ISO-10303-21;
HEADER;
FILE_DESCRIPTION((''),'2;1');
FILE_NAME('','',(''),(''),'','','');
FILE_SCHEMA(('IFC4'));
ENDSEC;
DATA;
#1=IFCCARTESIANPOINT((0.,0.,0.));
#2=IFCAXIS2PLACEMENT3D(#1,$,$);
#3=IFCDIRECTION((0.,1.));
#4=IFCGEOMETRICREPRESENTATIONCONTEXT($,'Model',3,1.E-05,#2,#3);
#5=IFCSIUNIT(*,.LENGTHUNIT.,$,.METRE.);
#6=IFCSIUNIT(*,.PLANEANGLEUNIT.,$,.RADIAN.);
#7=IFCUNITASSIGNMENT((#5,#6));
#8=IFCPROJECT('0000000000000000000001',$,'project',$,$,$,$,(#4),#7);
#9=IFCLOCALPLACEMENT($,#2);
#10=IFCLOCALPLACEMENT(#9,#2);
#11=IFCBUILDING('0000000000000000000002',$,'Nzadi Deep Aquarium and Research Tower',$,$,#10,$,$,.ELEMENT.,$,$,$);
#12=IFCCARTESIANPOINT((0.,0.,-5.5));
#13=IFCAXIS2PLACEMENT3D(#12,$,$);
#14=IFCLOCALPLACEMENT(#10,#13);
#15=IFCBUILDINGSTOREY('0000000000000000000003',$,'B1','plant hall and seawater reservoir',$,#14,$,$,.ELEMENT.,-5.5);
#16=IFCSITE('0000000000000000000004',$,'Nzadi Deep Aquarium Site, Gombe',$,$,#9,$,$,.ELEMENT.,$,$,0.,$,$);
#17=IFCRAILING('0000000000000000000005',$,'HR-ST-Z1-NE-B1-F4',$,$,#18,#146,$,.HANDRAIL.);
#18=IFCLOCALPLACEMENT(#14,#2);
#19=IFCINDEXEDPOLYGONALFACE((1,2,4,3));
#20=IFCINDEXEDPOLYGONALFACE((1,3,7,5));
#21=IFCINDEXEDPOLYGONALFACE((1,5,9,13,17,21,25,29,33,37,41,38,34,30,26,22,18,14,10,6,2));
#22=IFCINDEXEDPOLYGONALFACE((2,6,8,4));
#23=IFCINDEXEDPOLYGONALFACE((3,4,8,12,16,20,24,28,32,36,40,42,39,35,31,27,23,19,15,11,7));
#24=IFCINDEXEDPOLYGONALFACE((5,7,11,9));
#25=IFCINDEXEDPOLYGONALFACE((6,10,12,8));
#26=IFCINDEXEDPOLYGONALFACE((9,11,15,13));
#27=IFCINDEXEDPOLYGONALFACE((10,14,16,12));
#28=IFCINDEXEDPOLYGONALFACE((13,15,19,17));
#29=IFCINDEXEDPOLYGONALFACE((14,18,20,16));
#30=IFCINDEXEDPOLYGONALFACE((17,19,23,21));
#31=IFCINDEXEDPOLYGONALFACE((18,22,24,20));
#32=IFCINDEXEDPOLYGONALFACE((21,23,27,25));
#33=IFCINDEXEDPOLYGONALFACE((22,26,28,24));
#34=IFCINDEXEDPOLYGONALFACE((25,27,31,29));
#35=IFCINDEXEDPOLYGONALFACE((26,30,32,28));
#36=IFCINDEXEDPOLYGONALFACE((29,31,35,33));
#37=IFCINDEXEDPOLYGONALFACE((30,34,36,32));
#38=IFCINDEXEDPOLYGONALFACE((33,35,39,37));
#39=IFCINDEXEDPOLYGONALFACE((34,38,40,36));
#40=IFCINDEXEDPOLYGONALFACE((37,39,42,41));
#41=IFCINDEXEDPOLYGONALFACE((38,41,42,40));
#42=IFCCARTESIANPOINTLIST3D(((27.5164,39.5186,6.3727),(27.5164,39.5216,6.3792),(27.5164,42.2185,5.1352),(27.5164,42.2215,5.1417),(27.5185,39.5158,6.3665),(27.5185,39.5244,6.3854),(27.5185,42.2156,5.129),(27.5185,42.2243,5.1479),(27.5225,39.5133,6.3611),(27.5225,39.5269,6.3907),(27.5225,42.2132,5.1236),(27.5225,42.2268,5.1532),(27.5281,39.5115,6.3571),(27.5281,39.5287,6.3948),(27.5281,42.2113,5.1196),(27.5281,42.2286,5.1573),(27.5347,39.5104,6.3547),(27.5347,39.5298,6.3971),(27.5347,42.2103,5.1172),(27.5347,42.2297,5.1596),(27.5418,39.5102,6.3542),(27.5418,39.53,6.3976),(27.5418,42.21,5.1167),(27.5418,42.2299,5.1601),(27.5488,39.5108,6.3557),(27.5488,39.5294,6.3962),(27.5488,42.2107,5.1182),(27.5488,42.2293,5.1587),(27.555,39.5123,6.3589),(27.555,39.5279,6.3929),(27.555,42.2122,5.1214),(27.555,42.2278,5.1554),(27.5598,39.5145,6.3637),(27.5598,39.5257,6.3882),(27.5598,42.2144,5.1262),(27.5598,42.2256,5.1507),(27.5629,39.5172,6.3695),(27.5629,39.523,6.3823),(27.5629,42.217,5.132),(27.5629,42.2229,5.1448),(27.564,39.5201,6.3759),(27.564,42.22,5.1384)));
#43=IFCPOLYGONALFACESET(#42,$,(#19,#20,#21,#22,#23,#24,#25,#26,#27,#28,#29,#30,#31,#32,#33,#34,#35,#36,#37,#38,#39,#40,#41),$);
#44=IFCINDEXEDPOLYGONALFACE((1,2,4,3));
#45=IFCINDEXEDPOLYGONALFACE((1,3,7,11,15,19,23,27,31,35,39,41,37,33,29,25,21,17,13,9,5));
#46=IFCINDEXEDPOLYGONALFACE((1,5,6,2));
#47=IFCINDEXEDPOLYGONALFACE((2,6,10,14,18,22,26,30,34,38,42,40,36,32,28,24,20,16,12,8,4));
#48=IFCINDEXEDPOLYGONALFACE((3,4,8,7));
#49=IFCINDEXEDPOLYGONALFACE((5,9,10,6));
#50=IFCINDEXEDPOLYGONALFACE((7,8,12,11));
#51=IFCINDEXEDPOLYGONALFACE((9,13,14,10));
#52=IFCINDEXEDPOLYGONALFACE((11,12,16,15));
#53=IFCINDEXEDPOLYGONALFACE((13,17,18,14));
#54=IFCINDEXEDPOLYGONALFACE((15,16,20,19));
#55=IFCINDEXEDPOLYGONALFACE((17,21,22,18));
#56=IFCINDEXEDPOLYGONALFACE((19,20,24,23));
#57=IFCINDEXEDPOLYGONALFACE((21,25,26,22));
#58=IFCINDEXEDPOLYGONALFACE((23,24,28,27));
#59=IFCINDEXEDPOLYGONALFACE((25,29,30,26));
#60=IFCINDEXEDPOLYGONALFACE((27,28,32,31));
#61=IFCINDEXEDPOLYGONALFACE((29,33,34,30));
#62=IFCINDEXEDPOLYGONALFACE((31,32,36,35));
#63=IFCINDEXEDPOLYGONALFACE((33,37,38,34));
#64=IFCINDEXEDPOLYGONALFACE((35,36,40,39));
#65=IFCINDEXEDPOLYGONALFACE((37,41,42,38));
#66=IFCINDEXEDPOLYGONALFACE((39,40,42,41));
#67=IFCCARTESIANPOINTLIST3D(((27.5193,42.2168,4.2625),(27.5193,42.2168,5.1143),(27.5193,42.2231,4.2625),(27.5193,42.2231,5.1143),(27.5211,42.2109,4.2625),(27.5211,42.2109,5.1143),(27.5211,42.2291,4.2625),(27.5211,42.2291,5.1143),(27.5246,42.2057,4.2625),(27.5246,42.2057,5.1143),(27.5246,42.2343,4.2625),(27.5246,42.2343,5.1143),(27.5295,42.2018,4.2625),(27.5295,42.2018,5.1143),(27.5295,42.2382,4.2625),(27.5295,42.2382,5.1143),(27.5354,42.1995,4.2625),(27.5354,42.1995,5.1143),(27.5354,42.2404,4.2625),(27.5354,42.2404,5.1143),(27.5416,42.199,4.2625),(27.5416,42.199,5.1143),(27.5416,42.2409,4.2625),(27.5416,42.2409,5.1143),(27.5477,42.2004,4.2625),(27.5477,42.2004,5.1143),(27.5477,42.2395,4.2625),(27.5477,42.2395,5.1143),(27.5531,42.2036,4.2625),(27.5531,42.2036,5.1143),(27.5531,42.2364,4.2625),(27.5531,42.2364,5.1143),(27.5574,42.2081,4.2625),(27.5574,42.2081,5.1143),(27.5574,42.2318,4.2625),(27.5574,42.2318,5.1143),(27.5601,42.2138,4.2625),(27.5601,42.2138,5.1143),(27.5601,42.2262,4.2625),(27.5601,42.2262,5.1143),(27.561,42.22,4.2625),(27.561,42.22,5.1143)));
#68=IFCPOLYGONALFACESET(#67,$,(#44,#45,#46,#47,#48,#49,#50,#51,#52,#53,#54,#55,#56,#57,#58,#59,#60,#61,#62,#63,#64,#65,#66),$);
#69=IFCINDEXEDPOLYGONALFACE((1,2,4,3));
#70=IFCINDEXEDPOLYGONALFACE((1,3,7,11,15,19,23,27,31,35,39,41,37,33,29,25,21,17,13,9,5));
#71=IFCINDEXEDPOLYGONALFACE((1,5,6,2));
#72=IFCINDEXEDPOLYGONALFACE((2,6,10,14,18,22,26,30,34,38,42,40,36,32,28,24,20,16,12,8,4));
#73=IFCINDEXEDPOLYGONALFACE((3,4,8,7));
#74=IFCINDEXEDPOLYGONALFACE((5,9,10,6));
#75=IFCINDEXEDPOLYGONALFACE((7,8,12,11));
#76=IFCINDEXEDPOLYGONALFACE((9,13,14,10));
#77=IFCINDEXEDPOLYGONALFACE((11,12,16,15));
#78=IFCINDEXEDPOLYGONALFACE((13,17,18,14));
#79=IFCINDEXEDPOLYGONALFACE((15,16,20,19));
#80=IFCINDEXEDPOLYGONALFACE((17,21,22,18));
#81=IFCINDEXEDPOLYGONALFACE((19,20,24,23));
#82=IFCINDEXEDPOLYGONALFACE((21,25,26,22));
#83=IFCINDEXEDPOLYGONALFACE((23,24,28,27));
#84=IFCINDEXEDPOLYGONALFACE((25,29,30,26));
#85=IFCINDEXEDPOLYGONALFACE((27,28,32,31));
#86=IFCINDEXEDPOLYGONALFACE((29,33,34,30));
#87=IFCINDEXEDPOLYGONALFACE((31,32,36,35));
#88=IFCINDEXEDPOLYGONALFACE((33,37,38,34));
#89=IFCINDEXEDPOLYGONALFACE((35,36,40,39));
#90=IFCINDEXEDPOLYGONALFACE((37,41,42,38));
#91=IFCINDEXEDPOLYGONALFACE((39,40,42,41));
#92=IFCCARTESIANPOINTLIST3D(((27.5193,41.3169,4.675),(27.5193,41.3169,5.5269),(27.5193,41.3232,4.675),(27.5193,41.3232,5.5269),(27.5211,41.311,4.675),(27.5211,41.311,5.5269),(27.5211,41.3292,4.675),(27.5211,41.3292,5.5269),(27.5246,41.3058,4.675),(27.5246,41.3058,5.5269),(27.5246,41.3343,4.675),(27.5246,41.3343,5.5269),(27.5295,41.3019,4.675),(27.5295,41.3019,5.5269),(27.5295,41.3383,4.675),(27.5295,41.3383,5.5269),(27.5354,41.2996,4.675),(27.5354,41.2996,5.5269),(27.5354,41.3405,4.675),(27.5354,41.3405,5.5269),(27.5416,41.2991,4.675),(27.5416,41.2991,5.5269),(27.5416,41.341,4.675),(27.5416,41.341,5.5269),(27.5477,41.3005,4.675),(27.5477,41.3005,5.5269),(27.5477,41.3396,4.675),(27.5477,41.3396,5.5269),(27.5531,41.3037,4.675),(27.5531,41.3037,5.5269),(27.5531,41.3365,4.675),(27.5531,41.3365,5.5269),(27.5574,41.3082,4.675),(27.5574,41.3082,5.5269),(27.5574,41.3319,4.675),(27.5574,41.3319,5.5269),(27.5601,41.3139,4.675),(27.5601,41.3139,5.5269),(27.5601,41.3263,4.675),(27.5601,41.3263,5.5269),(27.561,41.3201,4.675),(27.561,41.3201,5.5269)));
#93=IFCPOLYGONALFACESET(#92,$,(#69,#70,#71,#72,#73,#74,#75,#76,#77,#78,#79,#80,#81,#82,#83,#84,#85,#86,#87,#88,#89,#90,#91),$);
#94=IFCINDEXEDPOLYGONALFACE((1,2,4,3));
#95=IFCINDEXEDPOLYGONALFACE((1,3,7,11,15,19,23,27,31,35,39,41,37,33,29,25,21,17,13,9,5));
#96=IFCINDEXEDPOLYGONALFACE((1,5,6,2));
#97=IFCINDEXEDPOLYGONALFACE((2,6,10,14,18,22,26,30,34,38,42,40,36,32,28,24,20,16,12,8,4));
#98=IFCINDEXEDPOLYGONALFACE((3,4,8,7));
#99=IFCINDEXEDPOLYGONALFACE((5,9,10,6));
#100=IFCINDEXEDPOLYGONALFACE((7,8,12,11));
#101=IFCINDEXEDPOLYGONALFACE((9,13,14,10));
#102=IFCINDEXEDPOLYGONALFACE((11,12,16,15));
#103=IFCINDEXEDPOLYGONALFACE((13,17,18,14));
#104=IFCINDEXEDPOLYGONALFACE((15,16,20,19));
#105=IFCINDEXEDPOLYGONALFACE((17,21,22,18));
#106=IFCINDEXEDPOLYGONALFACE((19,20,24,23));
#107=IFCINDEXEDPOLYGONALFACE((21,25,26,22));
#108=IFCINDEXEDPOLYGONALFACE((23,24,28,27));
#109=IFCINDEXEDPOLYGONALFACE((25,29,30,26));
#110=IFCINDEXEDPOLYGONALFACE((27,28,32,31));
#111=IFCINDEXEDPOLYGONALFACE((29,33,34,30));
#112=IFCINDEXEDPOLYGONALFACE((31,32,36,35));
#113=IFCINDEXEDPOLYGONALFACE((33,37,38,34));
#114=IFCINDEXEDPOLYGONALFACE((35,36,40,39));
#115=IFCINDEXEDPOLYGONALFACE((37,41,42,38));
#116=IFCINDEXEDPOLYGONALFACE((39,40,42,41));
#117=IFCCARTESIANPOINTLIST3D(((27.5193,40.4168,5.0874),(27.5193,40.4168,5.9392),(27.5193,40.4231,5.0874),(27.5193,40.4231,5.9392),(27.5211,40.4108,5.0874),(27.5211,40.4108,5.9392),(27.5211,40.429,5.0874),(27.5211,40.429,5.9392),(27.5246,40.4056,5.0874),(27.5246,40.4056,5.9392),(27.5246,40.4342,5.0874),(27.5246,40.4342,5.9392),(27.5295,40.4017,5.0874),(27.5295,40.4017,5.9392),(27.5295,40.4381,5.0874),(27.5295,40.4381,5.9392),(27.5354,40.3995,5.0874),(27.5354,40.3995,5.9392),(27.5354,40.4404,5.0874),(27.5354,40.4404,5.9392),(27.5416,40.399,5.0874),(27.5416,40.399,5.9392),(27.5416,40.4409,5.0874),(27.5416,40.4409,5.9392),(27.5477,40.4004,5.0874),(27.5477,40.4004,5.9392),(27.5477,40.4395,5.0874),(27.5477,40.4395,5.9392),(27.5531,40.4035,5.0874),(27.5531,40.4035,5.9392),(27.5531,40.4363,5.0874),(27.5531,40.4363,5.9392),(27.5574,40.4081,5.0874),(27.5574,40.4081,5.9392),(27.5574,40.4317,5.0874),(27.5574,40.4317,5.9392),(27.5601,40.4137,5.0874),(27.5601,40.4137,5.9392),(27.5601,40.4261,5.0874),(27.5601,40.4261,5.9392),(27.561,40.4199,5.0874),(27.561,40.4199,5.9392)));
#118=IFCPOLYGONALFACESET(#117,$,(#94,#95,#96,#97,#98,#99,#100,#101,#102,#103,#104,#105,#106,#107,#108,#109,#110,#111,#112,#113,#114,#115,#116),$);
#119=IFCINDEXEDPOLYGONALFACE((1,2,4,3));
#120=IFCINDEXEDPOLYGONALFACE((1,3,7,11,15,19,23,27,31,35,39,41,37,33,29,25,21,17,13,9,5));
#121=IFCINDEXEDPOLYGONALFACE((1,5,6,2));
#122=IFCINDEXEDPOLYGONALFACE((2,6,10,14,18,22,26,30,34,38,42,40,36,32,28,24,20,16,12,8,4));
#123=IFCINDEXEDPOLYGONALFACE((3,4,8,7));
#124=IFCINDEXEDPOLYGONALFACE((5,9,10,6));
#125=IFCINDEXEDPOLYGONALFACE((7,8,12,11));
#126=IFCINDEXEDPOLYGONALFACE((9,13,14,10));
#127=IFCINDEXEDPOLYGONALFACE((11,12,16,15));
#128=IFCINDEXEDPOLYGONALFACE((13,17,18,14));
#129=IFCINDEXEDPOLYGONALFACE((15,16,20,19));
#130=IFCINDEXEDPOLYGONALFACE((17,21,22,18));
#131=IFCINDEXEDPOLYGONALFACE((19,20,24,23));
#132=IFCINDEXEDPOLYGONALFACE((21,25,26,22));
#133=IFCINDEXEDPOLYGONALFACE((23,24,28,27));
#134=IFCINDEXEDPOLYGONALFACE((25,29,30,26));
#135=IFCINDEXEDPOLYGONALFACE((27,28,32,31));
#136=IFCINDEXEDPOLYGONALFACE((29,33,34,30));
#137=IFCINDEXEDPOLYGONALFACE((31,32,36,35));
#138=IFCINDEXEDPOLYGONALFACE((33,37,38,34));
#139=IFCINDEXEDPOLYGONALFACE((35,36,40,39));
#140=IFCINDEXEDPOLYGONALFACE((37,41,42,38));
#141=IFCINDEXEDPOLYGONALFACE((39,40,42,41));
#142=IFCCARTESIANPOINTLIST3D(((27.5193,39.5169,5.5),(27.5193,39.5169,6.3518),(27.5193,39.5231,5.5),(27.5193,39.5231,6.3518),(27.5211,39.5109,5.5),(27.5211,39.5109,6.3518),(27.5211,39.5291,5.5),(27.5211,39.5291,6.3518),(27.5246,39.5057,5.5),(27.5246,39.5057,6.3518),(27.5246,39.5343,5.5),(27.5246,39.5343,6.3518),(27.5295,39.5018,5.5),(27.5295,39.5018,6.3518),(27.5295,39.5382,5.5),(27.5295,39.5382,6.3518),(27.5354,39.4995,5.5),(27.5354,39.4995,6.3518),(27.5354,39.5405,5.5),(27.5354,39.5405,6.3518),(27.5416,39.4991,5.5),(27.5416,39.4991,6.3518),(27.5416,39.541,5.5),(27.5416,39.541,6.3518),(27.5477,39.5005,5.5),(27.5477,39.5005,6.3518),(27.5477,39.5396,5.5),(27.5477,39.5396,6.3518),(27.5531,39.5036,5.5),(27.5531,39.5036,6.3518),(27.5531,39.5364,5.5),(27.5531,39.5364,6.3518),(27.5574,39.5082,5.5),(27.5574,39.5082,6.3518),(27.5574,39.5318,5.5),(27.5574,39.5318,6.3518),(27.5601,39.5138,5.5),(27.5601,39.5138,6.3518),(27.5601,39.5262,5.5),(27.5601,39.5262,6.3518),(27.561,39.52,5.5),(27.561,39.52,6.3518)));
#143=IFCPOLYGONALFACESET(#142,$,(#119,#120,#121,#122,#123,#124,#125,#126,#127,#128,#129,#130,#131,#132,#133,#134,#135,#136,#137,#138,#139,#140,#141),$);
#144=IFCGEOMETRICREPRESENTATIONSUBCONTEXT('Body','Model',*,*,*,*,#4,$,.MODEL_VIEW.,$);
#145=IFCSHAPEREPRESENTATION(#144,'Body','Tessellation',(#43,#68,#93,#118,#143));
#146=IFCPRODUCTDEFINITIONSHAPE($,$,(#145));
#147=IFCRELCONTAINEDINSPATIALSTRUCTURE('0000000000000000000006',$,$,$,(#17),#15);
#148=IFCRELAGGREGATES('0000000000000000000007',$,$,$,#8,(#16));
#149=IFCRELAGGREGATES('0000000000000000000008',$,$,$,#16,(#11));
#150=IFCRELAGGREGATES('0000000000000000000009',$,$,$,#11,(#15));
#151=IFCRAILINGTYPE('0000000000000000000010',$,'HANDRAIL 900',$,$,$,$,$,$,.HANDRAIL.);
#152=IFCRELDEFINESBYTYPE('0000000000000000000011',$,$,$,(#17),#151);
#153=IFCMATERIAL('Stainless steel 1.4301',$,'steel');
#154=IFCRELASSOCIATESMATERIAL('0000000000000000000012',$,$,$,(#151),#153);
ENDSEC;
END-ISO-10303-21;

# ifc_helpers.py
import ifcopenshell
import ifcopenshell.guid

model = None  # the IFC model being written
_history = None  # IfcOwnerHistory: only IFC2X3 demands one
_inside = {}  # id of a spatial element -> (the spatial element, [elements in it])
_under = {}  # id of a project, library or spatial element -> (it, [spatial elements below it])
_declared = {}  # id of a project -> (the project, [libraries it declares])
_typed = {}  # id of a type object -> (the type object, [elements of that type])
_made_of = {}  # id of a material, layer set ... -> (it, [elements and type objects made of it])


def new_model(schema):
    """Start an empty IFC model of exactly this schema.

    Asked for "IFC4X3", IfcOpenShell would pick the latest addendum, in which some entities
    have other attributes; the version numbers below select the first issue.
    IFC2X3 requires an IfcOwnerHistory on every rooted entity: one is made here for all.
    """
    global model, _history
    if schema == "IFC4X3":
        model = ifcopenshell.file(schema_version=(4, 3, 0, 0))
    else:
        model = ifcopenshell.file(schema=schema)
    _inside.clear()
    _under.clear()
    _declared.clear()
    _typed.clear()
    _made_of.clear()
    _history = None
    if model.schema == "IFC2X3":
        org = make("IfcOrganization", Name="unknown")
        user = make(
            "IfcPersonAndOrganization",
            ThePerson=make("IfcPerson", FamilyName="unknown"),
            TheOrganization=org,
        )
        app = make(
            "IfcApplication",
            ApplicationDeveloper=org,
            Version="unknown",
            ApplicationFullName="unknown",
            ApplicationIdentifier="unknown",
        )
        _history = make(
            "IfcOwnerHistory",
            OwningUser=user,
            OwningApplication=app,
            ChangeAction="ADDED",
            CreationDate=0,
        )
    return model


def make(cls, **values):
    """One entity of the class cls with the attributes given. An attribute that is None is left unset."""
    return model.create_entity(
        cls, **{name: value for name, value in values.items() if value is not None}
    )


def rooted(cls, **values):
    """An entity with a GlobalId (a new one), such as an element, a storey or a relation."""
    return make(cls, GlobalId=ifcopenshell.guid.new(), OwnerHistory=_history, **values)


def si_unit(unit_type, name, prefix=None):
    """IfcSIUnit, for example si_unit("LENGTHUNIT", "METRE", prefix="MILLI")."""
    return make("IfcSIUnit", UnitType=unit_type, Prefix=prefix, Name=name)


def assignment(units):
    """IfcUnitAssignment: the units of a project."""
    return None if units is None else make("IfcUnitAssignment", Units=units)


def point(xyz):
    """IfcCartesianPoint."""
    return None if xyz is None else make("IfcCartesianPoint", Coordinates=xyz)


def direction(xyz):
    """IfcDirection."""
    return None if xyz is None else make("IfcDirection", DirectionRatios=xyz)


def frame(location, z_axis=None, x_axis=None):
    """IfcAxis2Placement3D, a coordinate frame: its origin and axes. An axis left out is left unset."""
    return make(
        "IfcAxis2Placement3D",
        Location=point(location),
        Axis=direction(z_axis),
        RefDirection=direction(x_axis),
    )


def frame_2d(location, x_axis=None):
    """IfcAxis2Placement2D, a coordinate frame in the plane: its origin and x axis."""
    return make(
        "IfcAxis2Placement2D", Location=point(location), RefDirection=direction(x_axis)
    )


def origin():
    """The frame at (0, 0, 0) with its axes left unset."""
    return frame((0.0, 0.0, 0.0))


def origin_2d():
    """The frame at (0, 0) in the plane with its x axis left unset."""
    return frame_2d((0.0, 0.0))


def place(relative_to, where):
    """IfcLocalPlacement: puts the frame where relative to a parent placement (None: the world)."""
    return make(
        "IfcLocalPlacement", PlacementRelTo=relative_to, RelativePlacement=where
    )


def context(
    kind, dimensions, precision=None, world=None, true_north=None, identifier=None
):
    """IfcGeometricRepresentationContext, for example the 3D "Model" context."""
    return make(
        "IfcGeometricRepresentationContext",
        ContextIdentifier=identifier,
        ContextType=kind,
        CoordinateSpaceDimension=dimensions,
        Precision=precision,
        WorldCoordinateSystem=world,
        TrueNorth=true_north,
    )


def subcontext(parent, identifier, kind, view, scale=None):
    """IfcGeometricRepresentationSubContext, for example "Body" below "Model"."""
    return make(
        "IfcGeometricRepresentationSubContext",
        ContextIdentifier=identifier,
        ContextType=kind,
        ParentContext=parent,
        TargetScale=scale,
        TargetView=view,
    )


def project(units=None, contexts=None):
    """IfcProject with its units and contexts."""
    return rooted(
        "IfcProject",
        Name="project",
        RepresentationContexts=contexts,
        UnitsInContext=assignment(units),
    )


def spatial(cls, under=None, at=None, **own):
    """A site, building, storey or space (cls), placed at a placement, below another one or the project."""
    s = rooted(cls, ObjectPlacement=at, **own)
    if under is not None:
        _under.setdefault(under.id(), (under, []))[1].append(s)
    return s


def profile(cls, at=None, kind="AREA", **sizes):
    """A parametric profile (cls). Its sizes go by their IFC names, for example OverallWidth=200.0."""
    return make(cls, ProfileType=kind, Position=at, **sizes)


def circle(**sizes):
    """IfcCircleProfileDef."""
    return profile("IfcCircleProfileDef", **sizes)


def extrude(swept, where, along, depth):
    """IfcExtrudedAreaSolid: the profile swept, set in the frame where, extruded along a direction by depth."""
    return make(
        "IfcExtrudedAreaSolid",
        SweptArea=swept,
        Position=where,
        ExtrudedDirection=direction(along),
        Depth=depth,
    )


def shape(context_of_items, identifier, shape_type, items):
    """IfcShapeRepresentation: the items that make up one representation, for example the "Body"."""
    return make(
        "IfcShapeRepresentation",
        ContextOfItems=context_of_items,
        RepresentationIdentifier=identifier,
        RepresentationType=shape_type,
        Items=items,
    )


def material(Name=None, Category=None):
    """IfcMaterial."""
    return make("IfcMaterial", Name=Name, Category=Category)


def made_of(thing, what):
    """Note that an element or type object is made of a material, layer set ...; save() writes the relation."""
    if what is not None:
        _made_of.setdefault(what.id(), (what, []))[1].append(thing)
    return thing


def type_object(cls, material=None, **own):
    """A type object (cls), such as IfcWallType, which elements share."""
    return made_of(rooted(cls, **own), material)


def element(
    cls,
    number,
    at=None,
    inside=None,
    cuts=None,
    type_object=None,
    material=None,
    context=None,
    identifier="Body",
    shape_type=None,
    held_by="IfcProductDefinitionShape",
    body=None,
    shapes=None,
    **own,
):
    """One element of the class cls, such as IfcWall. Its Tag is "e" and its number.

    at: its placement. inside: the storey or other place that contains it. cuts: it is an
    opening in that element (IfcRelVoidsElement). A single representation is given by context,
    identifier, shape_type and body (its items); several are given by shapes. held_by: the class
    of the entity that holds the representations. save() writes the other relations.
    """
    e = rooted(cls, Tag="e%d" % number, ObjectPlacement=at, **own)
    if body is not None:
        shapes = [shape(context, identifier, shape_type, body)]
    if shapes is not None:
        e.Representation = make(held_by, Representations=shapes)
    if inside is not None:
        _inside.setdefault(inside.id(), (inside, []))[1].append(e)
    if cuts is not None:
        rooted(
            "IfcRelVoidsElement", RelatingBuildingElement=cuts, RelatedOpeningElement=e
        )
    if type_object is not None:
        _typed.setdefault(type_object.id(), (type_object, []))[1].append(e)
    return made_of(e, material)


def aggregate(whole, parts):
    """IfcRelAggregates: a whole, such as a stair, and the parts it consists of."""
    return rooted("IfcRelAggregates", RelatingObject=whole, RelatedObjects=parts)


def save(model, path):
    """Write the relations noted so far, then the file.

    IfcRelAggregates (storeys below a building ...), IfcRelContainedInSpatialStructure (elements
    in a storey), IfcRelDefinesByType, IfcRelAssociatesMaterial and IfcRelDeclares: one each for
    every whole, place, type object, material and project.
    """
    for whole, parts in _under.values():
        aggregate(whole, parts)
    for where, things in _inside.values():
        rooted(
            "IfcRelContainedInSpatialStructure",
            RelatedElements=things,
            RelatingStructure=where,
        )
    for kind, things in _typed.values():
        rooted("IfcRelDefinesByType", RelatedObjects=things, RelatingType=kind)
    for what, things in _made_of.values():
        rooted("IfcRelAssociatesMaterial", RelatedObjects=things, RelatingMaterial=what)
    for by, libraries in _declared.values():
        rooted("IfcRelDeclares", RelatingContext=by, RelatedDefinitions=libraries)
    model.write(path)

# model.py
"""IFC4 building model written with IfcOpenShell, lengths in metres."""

from ifc_helpers import new_model, si_unit, direction, frame, origin, origin_2d, place, context, subcontext, project, spatial, circle, extrude, material, type_object, element, save


model = new_model("IFC4")

# Units and contexts
model_context = context("Model", 3, precision=1e-05, world=origin(), true_north=direction((0.0, 1.0)))
body_context = subcontext(model_context, "Body", "Model", "MODEL_VIEW")
ifc_project = project(units=[si_unit("LENGTHUNIT", "METRE"), si_unit("PLANEANGLEUNIT", "RADIAN")], contexts=[model_context])

# Site, building, storey
site_placement = place(None, origin())
site = spatial("IfcSite", under=ifc_project, at=site_placement, Name="Nzadi Deep Aquarium Site, Gombe", CompositionType="ELEMENT", RefElevation=0.0)
building_placement = place(site_placement, origin())
building = spatial("IfcBuilding", under=site, at=building_placement, Name="Nzadi Deep Aquarium and Research Tower", CompositionType="ELEMENT")
storey_placement = place(building_placement, frame((0.0, 0.0, -5.5)))
storey = spatial("IfcBuildingStorey", under=building, at=storey_placement, Name="B1", Description="plant hall and seawater reservoir", CompositionType="ELEMENT", Elevation=-5.5)

# Railing
ifc_material_1 = material(Name="Stainless steel 1.4301", Category="steel")
railing_type = type_object("IfcRailingType", Name="HANDRAIL 900", PredefinedType="HANDRAIL", material=ifc_material_1)
for number, where, name in (
    (1, (27.54, 42.22, 4.2625), "HR-ST-Z1-NE-B1-F4"),
):
    element("IfcRailing", number, at=place(storey_placement, frame(where)), inside=storey, type_object=railing_type, Name=name, PredefinedType="HANDRAIL", context=body_context, shape_type="SweptSolid", body=[
        extrude(circle(Radius=0.0239, at=origin_2d()), frame((0.0, 0.0, 0.876), z_axis=(0.0, -0.909056, 0.416675), x_axis=(1.0, 0.0, 0.0)), (0.0, 0.0, 1.0), 2.97),
        extrude(circle(Radius=0.021, at=origin_2d()), origin(), (0.0, 0.0, 1.0), 0.8518),
        extrude(circle(Radius=0.021, at=origin_2d()), frame((0.0, -0.8999, 0.4126)), (0.0, 0.0, 1.0), 0.8518),
        extrude(circle(Radius=0.021, at=origin_2d()), frame((0.0, -1.8, 0.825)), (0.0, 0.0, 1.0), 0.8518),
        extrude(circle(Radius=0.021, at=origin_2d()), frame((0.0, -2.7, 1.2375)), (0.0, 0.0, 1.0), 0.8518),
    ])

save(model, "model.ifc")
